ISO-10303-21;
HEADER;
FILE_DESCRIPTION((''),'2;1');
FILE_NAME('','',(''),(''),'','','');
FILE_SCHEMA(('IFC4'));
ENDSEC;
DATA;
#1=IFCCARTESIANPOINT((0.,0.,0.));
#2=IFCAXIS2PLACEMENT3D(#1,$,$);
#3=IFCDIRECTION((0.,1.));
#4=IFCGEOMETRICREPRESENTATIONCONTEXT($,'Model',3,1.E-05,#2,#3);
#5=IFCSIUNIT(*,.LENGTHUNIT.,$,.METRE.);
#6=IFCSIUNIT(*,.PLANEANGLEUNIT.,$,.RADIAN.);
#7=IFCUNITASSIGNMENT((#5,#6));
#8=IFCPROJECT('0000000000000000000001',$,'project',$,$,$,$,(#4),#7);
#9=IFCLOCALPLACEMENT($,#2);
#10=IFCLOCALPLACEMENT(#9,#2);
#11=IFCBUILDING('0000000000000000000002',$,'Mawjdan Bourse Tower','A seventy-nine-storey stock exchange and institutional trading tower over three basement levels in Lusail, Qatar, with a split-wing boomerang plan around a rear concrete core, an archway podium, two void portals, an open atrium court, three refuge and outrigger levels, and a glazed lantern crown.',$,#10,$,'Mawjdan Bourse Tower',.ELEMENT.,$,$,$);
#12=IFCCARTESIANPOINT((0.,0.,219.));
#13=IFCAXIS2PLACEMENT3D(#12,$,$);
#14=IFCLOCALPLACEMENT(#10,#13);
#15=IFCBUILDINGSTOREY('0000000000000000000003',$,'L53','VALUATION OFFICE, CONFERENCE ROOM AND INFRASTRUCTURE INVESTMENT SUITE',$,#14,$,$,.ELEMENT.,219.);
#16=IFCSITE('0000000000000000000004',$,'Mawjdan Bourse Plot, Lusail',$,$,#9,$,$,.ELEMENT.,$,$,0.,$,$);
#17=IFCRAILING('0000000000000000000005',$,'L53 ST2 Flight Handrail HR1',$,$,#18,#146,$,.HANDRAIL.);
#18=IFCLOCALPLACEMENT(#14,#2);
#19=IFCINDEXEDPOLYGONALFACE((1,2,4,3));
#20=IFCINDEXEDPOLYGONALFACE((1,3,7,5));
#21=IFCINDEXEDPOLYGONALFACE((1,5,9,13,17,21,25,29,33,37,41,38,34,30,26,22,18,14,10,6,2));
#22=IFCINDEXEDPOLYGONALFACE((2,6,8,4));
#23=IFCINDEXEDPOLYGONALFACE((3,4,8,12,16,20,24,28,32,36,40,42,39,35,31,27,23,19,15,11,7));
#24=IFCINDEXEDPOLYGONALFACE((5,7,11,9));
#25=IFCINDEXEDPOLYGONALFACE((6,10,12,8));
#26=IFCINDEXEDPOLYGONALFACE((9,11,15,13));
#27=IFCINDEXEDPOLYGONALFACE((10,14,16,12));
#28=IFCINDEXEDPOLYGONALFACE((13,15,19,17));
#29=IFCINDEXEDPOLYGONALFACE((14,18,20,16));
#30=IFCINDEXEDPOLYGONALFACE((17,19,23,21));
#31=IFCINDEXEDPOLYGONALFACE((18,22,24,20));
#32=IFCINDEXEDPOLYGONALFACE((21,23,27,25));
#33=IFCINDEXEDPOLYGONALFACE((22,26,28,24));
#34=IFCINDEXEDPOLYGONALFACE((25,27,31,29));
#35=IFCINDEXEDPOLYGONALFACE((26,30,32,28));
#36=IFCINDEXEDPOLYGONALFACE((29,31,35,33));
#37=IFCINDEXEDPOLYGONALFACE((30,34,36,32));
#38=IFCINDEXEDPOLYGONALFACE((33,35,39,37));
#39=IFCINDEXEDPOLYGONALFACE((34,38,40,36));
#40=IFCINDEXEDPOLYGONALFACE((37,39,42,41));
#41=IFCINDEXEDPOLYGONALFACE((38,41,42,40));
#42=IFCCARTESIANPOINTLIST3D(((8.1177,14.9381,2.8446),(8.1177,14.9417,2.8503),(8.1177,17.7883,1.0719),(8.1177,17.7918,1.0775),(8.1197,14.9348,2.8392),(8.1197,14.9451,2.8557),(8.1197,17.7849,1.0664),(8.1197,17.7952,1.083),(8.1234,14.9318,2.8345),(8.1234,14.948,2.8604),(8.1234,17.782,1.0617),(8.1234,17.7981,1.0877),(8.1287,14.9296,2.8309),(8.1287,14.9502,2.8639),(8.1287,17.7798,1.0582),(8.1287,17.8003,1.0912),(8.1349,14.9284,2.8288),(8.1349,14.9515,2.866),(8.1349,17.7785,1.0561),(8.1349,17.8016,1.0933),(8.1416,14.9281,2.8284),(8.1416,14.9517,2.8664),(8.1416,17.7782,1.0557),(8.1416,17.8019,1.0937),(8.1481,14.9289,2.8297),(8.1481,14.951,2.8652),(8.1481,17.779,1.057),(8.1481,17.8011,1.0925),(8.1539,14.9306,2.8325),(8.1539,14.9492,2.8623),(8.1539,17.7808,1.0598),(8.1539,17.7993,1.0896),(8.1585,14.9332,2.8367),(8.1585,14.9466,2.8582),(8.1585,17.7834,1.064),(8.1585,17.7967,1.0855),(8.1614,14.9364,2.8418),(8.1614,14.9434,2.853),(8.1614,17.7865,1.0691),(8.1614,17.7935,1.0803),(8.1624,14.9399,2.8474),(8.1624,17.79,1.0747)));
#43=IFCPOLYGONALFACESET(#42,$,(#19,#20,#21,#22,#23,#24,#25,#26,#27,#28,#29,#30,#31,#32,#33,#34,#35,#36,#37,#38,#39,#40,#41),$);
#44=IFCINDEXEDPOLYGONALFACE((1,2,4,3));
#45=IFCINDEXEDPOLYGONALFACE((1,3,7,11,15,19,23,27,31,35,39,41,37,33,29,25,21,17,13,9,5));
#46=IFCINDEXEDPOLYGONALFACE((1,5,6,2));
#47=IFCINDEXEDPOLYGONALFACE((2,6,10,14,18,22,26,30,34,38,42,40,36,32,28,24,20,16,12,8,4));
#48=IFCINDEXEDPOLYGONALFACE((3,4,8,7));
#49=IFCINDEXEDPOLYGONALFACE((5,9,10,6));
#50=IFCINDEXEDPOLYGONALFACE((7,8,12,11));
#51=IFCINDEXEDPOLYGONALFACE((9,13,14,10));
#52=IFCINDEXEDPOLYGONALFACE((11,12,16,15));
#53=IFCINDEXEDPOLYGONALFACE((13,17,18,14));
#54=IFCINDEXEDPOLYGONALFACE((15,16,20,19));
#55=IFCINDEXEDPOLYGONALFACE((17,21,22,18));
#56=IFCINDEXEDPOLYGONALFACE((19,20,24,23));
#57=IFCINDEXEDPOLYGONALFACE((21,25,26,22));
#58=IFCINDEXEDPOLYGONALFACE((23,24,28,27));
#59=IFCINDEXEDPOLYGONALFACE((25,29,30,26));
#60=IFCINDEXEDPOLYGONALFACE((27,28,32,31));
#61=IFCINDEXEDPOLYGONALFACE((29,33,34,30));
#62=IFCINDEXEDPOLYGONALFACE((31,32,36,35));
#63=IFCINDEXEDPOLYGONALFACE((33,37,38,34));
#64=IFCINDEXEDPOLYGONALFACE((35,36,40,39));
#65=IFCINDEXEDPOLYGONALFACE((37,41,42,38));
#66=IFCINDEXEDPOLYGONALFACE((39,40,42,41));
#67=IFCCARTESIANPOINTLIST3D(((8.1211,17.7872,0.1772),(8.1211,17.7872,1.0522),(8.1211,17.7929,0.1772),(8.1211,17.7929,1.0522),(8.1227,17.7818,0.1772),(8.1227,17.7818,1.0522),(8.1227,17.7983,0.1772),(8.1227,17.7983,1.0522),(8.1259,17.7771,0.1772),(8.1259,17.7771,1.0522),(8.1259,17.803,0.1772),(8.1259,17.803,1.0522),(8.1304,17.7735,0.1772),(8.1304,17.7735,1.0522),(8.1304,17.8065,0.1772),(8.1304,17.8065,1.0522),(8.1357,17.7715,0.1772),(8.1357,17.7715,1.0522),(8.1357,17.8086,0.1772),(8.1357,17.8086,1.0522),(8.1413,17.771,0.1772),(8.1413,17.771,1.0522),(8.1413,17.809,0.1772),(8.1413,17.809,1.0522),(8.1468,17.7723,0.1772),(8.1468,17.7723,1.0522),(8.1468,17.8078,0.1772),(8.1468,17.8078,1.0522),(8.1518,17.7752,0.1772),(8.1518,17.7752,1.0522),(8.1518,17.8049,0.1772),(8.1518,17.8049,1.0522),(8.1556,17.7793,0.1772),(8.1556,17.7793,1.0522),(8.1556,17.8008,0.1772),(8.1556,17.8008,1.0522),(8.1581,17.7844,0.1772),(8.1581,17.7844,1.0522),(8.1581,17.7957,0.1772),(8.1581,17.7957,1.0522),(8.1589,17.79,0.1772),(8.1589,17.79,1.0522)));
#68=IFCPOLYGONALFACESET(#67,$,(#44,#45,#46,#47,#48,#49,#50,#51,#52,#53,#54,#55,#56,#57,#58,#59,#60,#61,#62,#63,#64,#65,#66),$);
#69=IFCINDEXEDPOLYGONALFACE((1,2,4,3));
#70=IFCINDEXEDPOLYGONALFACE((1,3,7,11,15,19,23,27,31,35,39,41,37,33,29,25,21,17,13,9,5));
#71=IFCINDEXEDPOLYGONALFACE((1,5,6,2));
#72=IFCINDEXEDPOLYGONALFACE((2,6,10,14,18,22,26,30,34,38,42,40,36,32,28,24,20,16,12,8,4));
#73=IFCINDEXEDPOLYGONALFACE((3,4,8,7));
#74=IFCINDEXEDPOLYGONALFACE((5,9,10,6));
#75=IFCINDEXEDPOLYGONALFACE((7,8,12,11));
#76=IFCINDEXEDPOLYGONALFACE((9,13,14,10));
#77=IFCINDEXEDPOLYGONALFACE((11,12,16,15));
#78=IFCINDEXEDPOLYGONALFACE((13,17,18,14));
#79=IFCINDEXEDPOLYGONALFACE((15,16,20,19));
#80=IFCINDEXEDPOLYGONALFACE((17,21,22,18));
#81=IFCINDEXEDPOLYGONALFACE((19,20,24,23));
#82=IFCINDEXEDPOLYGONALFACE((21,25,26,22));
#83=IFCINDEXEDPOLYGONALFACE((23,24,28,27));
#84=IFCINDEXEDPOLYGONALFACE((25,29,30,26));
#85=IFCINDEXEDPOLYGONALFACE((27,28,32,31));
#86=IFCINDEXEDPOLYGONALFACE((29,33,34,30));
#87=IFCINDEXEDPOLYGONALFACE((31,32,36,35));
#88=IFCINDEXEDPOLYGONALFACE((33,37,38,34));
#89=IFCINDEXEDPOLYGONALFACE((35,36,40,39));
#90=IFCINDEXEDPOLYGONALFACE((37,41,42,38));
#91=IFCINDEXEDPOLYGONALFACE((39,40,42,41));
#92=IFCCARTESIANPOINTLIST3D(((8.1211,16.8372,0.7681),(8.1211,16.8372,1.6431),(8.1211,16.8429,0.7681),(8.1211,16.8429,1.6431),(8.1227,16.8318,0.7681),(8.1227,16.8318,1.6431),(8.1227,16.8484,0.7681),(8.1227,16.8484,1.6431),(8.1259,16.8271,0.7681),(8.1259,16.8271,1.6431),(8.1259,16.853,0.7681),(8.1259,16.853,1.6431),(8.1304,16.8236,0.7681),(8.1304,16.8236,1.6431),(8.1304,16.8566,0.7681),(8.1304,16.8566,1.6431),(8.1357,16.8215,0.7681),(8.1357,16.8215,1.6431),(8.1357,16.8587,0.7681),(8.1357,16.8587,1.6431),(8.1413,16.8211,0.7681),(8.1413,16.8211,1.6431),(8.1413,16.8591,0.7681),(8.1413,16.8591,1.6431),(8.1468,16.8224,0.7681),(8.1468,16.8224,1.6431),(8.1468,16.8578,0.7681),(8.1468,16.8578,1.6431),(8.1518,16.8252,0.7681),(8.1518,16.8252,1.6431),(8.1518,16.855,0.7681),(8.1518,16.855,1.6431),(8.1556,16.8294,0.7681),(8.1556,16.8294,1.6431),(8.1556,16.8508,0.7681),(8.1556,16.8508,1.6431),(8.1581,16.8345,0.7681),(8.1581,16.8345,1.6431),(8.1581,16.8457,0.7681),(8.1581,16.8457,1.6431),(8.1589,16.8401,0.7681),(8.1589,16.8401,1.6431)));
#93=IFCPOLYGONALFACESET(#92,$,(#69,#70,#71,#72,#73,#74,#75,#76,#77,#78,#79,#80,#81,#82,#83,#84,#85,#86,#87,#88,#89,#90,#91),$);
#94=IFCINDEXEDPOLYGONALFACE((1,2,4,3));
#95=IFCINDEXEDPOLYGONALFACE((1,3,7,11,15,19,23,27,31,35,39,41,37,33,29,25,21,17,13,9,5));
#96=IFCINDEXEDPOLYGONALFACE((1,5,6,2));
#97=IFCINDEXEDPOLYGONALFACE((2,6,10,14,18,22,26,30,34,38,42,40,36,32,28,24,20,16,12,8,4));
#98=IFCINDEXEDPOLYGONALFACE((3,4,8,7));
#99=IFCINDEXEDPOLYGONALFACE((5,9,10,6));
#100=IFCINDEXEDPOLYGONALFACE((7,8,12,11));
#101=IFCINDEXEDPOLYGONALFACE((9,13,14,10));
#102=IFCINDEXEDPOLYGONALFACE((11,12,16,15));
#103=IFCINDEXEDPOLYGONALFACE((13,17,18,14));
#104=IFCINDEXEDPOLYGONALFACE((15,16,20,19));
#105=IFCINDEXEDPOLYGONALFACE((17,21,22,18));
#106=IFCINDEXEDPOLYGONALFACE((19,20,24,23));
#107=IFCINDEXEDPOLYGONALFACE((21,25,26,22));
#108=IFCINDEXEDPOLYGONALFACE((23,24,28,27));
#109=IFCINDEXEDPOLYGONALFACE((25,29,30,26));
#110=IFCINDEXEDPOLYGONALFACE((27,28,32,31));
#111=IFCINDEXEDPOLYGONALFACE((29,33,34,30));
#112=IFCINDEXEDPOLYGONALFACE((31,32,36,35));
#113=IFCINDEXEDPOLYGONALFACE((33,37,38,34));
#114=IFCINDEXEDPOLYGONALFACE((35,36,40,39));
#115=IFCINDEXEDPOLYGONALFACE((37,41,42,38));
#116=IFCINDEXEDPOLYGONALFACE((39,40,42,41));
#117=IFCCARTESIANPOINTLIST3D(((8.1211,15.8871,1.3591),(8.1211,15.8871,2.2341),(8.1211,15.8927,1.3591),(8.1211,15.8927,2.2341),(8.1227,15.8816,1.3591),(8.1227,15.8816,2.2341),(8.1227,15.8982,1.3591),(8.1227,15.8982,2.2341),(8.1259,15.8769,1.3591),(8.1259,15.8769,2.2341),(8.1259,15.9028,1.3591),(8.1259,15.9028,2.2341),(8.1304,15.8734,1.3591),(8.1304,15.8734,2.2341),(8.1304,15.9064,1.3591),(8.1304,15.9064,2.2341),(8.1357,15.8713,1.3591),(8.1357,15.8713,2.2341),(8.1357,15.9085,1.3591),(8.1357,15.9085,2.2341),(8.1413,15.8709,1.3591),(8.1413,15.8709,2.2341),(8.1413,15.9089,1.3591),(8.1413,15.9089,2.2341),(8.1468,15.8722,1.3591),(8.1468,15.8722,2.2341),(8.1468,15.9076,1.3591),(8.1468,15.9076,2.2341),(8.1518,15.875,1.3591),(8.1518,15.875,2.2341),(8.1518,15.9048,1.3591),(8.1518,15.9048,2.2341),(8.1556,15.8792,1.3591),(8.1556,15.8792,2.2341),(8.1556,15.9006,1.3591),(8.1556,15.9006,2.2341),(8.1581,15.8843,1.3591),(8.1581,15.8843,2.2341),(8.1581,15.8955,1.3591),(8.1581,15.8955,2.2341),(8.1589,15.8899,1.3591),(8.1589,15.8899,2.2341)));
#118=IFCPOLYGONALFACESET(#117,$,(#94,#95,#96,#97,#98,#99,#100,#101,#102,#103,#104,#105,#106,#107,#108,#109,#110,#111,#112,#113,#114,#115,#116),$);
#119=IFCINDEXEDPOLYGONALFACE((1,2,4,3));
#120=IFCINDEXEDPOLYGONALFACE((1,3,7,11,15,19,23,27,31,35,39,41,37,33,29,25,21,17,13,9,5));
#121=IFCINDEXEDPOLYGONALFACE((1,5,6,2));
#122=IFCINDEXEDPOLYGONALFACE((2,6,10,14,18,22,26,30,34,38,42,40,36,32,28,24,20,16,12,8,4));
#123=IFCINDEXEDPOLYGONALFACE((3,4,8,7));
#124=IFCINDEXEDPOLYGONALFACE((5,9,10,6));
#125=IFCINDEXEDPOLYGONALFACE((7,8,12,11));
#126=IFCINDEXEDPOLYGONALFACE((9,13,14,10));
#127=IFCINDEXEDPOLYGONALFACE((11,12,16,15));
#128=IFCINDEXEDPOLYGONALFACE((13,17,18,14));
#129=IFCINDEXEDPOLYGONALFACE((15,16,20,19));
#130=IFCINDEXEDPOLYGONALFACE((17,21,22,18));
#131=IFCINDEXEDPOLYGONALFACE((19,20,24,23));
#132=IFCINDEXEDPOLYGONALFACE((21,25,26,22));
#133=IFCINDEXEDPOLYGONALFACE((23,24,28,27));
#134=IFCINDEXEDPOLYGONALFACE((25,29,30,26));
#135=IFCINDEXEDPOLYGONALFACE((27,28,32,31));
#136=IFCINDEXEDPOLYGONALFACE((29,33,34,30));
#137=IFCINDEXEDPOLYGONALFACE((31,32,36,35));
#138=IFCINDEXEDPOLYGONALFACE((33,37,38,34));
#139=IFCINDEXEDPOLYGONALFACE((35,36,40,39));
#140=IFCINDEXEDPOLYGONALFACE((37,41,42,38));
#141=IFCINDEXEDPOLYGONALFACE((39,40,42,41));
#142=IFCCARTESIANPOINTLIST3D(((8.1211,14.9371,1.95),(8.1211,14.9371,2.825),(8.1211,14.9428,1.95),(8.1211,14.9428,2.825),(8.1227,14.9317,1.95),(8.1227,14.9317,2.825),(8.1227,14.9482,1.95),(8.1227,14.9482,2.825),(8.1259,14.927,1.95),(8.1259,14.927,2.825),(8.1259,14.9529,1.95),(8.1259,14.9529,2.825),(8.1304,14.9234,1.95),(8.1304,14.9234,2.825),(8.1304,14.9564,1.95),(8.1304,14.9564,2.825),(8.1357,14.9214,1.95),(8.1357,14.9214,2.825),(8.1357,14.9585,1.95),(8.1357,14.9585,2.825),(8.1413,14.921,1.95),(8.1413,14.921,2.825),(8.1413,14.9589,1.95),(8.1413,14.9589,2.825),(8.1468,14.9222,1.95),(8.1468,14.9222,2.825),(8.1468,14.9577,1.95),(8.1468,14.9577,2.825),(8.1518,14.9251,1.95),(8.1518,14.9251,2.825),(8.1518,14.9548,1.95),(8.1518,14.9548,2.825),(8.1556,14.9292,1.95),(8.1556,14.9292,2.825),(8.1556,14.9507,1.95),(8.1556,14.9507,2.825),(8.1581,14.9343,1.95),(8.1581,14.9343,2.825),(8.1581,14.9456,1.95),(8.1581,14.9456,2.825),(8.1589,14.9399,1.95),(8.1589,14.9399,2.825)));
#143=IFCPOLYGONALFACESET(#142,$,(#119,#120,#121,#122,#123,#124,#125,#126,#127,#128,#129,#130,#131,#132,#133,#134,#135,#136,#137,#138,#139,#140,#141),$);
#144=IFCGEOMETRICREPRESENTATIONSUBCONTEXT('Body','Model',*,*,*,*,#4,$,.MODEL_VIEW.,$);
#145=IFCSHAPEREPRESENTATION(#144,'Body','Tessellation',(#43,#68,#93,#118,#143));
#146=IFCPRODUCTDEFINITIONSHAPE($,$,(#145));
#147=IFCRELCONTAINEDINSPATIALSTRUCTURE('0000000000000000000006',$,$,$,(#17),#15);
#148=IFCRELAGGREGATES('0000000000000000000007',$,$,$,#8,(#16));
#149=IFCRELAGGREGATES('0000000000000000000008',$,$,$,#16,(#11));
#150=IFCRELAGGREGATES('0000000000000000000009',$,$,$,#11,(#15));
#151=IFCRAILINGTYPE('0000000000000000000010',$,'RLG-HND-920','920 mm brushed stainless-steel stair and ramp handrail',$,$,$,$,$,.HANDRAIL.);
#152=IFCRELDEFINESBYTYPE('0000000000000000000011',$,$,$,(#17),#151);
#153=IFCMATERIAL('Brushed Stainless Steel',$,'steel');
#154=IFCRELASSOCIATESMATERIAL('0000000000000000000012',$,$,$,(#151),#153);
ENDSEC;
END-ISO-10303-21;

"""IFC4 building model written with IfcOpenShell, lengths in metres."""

from ifc_helpers import new_model, si_unit, direction, frame, origin, origin_2d, place, context, subcontext, project, spatial, circle, extrude, material, type_object, element, save


model = new_model("IFC4")

# Units and contexts
model_context = context("Model", 3, precision=1e-05, world=origin(), true_north=direction((0.0, 1.0)))
body_context = subcontext(model_context, "Body", "Model", "MODEL_VIEW")
ifc_project = project(units=[si_unit("LENGTHUNIT", "METRE"), si_unit("PLANEANGLEUNIT", "RADIAN")], contexts=[model_context])

# Site, building, storey
site_placement = place(None, origin())
site = spatial("IfcSite", under=ifc_project, at=site_placement, Name="Mawjdan Bourse Plot, Lusail", CompositionType="ELEMENT", RefElevation=0.0)
building_placement = place(site_placement, origin())
building = spatial("IfcBuilding", under=site, at=building_placement, Name="Mawjdan Bourse Tower", Description="A seventy-nine-storey stock exchange and institutional trading tower over three basement levels in Lusail, Qatar, with a split-wing boomerang plan around a rear concrete core, an archway podium, two void portals, an open atrium court, three refuge and outrigger levels, and a glazed lantern crown.", LongName="Mawjdan Bourse Tower", CompositionType="ELEMENT")
storey_placement = place(building_placement, frame((0.0, 0.0, 219.0)))
storey = spatial("IfcBuildingStorey", under=building, at=storey_placement, Name="L53", Description="VALUATION OFFICE, CONFERENCE ROOM AND INFRASTRUCTURE INVESTMENT SUITE", CompositionType="ELEMENT", Elevation=219.0)

# Railing
ifc_material_1 = material(Name="Brushed Stainless Steel", Category="steel")
railing_type_1 = type_object("IfcRailingType", Name="RLG-HND-920", Description="920 mm brushed stainless-steel stair and ramp handrail", PredefinedType="HANDRAIL", material=ifc_material_1)
railing_1_placement = place(storey_placement, frame((8.1399, 17.79, 0.1772)))
element("IfcRailing", 1, at=railing_1_placement, inside=storey, type_object=railing_type_1, Name="L53 ST2 Flight Handrail HR1", PredefinedType="HANDRAIL", context=body_context, shape_type="SweptSolid", body=[
    extrude(circle(Radius=0.0225, at=origin_2d()), frame((0.0, 0.0, 0.8975), z_axis=(0.0, -0.849149, 0.528154), x_axis=(1.0, 0.0, 0.0)), (0.0, 0.0, 1.0), 3.3564),
    extrude(circle(Radius=0.019, at=origin_2d()), origin(), (0.0, 0.0, 1.0), 0.875),
    extrude(circle(Radius=0.019, at=origin_2d()), frame((0.0, -0.95, 0.5908)), (0.0, 0.0, 1.0), 0.875),
    extrude(circle(Radius=0.019, at=origin_2d()), frame((0.0, -1.9001, 1.1819)), (0.0, 0.0, 1.0), 0.875),
    extrude(circle(Radius=0.019, at=origin_2d()), frame((0.0, -2.8501, 1.7727)), (0.0, 0.0, 1.0), 0.875),
])

save(model, "model.ifc")
